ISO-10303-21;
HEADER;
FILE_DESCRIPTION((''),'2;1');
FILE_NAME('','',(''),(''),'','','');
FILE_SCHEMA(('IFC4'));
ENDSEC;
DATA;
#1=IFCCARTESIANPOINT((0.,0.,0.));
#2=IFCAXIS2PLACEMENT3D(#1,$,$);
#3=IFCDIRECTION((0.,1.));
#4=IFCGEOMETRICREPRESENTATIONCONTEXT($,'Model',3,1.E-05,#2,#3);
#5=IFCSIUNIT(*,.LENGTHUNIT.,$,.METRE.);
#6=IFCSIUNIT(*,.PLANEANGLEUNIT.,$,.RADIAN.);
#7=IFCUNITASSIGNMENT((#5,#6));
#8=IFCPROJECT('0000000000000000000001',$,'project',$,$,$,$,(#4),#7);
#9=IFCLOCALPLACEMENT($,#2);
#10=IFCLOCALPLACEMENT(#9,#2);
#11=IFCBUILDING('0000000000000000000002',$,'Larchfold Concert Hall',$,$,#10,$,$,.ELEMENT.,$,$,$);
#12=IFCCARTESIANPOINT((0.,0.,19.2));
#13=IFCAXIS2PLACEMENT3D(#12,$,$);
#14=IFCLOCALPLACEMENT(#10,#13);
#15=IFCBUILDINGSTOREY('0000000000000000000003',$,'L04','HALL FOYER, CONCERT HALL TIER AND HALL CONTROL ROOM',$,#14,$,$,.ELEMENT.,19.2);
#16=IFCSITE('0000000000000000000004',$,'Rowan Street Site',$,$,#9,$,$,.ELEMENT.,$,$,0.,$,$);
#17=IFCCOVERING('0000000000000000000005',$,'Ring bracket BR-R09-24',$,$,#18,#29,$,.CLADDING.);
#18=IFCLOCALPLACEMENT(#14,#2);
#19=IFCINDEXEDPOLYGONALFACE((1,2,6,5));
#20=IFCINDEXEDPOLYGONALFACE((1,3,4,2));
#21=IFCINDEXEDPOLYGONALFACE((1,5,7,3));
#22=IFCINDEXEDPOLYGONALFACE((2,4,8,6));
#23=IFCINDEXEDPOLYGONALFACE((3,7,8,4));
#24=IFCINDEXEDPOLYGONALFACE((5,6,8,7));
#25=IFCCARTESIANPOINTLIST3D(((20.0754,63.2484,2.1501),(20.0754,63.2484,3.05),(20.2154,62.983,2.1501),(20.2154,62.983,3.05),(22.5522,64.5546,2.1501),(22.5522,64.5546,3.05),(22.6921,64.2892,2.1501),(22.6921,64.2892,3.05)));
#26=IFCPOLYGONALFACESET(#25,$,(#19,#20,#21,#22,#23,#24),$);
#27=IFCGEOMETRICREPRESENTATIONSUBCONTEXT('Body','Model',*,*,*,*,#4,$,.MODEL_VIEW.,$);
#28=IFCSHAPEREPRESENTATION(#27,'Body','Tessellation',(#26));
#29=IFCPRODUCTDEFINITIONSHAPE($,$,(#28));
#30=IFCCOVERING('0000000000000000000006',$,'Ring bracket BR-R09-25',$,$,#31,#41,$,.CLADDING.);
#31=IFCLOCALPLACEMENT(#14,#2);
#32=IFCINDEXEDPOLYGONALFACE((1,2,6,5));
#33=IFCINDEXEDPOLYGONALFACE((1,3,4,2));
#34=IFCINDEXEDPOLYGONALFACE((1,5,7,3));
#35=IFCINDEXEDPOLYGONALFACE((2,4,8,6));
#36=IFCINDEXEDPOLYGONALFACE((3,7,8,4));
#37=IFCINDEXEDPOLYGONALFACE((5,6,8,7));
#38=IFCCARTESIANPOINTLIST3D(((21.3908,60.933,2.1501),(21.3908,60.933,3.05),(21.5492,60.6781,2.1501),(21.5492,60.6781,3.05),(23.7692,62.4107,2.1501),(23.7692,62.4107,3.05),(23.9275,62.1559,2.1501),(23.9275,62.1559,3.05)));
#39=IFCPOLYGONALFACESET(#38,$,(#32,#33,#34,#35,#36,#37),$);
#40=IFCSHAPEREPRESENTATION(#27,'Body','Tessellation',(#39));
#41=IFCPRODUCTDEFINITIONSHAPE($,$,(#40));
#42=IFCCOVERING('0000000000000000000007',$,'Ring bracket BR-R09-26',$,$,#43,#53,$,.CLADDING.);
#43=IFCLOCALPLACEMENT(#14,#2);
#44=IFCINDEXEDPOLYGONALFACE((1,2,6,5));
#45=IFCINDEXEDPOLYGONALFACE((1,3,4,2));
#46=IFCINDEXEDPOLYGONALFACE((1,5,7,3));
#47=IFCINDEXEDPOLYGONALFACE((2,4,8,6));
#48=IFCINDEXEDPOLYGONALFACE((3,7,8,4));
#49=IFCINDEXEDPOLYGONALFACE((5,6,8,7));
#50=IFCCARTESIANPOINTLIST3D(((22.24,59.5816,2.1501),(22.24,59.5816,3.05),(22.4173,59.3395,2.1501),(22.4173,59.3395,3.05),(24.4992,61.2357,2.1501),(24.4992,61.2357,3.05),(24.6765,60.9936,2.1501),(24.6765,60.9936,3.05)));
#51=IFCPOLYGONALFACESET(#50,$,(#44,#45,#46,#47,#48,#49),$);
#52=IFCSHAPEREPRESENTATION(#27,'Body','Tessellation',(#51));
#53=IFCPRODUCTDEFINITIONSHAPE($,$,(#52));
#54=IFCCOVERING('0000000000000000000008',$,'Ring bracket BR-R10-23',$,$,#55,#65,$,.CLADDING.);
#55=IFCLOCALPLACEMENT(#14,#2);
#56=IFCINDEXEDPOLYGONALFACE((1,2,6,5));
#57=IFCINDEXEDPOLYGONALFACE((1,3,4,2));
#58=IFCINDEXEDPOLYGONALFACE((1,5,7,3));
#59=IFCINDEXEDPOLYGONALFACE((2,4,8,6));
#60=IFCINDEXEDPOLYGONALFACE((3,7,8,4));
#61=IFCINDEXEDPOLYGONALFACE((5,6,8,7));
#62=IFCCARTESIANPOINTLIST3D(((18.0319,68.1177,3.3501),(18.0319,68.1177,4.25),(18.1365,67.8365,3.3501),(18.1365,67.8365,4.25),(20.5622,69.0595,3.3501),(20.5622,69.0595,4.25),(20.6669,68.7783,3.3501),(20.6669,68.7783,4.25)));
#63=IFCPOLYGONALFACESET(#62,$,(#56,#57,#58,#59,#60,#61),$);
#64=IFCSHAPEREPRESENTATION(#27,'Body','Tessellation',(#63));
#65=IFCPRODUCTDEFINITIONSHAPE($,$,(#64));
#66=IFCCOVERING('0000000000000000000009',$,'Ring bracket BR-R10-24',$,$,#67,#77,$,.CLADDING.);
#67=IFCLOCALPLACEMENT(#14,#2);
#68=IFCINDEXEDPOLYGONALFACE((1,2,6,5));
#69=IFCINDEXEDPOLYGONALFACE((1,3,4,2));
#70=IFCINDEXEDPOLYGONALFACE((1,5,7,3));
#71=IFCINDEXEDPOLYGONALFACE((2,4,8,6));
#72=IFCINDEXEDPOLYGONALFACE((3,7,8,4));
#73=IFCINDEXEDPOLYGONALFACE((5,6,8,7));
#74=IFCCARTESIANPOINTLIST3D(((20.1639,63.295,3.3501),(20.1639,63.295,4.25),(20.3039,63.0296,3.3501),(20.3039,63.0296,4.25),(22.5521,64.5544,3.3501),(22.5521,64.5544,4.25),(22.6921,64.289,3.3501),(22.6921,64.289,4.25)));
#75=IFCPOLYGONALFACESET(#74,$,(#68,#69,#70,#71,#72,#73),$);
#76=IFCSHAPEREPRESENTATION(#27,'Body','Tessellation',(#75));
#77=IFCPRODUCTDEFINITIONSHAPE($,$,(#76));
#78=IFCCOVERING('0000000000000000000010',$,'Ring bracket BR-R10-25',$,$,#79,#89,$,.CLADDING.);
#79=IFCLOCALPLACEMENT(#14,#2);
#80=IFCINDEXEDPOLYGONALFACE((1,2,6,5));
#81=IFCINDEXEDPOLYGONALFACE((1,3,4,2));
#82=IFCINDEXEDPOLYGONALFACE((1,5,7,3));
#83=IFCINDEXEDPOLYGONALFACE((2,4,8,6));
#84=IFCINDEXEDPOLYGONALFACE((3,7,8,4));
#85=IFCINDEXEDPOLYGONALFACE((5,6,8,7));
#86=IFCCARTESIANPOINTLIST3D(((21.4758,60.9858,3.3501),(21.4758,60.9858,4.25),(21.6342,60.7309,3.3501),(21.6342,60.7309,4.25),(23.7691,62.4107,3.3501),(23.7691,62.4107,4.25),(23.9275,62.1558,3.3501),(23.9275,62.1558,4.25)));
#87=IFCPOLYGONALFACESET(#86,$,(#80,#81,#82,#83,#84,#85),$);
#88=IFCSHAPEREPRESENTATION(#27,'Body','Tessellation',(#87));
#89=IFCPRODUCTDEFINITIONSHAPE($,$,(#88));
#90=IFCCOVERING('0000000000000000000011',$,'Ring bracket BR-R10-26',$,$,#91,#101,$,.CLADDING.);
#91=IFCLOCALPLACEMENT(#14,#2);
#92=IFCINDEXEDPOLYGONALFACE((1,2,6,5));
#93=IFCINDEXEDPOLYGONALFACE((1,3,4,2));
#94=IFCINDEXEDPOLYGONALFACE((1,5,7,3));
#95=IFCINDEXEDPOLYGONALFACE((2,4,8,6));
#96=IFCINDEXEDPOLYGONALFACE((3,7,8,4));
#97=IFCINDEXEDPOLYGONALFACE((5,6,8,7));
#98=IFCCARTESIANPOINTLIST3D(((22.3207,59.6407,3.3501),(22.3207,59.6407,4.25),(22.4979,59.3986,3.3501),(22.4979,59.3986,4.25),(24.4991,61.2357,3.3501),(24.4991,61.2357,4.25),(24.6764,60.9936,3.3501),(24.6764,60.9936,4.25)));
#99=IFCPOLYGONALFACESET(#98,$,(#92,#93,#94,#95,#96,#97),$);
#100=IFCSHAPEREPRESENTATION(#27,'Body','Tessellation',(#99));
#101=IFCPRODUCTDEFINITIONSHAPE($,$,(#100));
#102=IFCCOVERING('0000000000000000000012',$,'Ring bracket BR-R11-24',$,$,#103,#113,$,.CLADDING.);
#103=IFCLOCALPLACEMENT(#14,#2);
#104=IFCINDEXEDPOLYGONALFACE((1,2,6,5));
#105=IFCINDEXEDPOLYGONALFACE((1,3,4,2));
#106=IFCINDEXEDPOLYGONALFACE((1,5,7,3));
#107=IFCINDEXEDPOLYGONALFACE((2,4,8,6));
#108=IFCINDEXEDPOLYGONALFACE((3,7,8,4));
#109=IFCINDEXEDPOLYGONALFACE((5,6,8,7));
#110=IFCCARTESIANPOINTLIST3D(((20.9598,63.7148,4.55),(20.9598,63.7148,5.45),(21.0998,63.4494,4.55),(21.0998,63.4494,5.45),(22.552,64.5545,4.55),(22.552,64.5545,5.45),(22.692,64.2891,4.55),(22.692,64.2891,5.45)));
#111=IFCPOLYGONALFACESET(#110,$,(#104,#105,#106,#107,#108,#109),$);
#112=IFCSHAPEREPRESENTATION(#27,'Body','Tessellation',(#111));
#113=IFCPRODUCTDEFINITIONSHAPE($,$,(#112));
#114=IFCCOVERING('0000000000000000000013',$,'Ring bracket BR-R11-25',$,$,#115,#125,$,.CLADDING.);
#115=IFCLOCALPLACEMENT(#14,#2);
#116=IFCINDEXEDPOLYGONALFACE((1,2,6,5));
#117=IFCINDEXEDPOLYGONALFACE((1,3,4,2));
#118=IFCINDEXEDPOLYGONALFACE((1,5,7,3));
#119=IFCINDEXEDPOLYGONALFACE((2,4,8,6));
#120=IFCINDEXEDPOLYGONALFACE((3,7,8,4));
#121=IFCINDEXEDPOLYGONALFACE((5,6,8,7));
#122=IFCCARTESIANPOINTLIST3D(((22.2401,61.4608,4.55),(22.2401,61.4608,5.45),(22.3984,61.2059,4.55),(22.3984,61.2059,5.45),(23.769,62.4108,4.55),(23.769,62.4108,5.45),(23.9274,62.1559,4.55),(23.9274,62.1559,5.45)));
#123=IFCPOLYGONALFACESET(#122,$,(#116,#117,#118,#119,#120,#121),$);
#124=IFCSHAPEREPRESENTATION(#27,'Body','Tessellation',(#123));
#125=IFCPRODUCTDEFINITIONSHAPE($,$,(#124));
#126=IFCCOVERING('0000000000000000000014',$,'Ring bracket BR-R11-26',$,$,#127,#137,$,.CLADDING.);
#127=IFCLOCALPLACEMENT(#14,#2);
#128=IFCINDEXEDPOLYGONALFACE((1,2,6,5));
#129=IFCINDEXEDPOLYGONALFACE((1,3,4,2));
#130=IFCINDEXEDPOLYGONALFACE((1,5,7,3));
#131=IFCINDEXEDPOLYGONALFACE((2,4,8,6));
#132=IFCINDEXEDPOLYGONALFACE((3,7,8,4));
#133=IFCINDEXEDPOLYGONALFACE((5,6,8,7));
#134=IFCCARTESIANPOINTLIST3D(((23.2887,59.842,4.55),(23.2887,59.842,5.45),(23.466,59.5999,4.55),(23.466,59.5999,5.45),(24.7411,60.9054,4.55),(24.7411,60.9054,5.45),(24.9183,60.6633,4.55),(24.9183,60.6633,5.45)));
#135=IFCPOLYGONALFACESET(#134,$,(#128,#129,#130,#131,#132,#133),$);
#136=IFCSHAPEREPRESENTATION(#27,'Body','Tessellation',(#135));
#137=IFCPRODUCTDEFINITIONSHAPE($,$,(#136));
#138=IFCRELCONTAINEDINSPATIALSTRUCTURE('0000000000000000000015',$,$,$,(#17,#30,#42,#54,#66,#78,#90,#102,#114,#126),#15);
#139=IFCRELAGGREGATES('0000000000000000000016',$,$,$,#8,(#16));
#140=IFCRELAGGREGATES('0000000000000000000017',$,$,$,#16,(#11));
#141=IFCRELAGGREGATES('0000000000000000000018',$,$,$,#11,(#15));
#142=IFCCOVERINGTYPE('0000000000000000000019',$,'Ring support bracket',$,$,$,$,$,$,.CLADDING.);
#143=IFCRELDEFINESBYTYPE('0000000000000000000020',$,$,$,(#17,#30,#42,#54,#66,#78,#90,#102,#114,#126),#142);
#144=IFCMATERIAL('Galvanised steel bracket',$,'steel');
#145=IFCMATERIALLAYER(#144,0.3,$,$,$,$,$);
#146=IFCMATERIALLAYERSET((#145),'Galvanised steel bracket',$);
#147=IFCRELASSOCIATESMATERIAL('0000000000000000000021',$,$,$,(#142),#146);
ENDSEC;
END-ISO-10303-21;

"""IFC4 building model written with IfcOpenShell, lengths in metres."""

from ifc_helpers import new_model, si_unit, direction, frame, origin, origin_2d, place, context, subcontext, project, spatial, rectangle, extrude, material, layer, layer_set, type_object, element, save


model = new_model("IFC4")

# Units and contexts
model_context = context("Model", 3, precision=1e-05, world=origin(), true_north=direction((0.0, 1.0)))
body_context = subcontext(model_context, "Body", "Model", "MODEL_VIEW")
ifc_project = project(units=[si_unit("LENGTHUNIT", "METRE"), si_unit("PLANEANGLEUNIT", "RADIAN")], contexts=[model_context])

# Site, building, storey
site_placement = place(None, origin())
site = spatial("IfcSite", under=ifc_project, at=site_placement, Name="Rowan Street Site", CompositionType="ELEMENT", RefElevation=0.0)
building_placement = place(site_placement, origin())
building = spatial("IfcBuilding", under=site, at=building_placement, Name="Larchfold Concert Hall", CompositionType="ELEMENT")
storey_placement = place(building_placement, frame((0.0, 0.0, 19.2)))
storey = spatial("IfcBuildingStorey", under=building, at=storey_placement, Name="L04", Description="HALL FOYER, CONCERT HALL TIER AND HALL CONTROL ROOM", CompositionType="ELEMENT", Elevation=19.2)

# Coverings
ifc_material_1 = material(Name="Galvanised steel bracket", Category="steel")
ifc_layer_1 = layer(ifc_material_1, 0.3)
ifc_layer_set_1 = layer_set([ifc_layer_1], Name="Galvanised steel bracket")
covering_type = type_object("IfcCoveringType", Name="Ring support bracket", PredefinedType="CLADDING", material=ifc_layer_set_1)
for number, where, z_axis, x_axis, name in (
    (1, (21.3838, 63.7688, 2.1501), (0.0, 0.0, 1.0), (-0.884536, -0.466473, 0.0), "Ring bracket BR-R09-24"),
    (2, (22.6592, 61.5444, 2.1501), (0.0, 0.0, 1.0), (-0.849391, -0.527764, 0.0), "Ring bracket BR-R09-25"),
    (3, (23.4583, 60.2876, 2.1501), (0.0, 0.0, 1.0), (-0.806849, -0.590758, 0.0), "Ring bracket BR-R09-26"),
):
    element("IfcCovering", number, at=place(storey_placement, frame(where, z_axis=z_axis, x_axis=x_axis)), inside=storey, type_object=covering_type, Name=name, PredefinedType="CLADDING", context=body_context, shape_type="SweptSolid", body=[
        extrude(rectangle(XDim=2.8, YDim=0.3, at=origin_2d()), origin(), (0.0, 0.0, 1.0), 0.8999),
    ])
for number, where, z_axis, x_axis, name in (
    (4, (19.3494, 68.448, 3.3501), (0.0, 0.0, 1.0), (-0.937177, -0.348853, 0.0), "Ring bracket BR-R10-23"),
    (5, (21.428, 63.792, 3.3501), (0.0, 0.0, 1.0), (-0.884536, -0.466473, 0.0), "Ring bracket BR-R10-24"),
    (6, (22.7017, 61.5708, 3.3501), (0.0, 0.0, 1.0), (-0.849391, -0.527764, 0.0), "Ring bracket BR-R10-25"),
    (7, (23.4985, 60.3171, 3.3501), (0.0, 0.0, 1.0), (-0.806849, -0.590758, 0.0), "Ring bracket BR-R10-26"),
):
    element("IfcCovering", number, at=place(storey_placement, frame(where, z_axis=z_axis, x_axis=x_axis)), inside=storey, type_object=covering_type, Name=name, PredefinedType="CLADDING", context=body_context, shape_type="SweptSolid", body=[
        extrude(rectangle(XDim=2.7, YDim=0.3, at=origin_2d()), origin(), (0.0, 0.0, 1.0), 0.8999),
    ])
for number, where, z_axis, x_axis, name in (
    (8, (21.8259, 64.002, 4.55), (0.0, 0.0, 1.0), (-0.884536, -0.466473, 0.0), "Ring bracket BR-R11-24"),
    (9, (23.0837, 61.8083, 4.55), (0.0, 0.0, 1.0), (-0.849391, -0.527764, 0.0), "Ring bracket BR-R11-25"),
    (10, (24.1035, 60.2527, 4.55), (0.0, 0.0, 1.0), (-0.806849, -0.590758, 0.0), "Ring bracket BR-R11-26"),
):
    element("IfcCovering", number, at=place(storey_placement, frame(where, z_axis=z_axis, x_axis=x_axis)), inside=storey, type_object=covering_type, Name=name, PredefinedType="CLADDING", context=body_context, shape_type="SweptSolid", body=[
        extrude(rectangle(XDim=1.8, YDim=0.3, at=origin_2d()), origin(), (0.0, 0.0, 1.0), 0.8999),
    ])

save(model, "model.ifc")
